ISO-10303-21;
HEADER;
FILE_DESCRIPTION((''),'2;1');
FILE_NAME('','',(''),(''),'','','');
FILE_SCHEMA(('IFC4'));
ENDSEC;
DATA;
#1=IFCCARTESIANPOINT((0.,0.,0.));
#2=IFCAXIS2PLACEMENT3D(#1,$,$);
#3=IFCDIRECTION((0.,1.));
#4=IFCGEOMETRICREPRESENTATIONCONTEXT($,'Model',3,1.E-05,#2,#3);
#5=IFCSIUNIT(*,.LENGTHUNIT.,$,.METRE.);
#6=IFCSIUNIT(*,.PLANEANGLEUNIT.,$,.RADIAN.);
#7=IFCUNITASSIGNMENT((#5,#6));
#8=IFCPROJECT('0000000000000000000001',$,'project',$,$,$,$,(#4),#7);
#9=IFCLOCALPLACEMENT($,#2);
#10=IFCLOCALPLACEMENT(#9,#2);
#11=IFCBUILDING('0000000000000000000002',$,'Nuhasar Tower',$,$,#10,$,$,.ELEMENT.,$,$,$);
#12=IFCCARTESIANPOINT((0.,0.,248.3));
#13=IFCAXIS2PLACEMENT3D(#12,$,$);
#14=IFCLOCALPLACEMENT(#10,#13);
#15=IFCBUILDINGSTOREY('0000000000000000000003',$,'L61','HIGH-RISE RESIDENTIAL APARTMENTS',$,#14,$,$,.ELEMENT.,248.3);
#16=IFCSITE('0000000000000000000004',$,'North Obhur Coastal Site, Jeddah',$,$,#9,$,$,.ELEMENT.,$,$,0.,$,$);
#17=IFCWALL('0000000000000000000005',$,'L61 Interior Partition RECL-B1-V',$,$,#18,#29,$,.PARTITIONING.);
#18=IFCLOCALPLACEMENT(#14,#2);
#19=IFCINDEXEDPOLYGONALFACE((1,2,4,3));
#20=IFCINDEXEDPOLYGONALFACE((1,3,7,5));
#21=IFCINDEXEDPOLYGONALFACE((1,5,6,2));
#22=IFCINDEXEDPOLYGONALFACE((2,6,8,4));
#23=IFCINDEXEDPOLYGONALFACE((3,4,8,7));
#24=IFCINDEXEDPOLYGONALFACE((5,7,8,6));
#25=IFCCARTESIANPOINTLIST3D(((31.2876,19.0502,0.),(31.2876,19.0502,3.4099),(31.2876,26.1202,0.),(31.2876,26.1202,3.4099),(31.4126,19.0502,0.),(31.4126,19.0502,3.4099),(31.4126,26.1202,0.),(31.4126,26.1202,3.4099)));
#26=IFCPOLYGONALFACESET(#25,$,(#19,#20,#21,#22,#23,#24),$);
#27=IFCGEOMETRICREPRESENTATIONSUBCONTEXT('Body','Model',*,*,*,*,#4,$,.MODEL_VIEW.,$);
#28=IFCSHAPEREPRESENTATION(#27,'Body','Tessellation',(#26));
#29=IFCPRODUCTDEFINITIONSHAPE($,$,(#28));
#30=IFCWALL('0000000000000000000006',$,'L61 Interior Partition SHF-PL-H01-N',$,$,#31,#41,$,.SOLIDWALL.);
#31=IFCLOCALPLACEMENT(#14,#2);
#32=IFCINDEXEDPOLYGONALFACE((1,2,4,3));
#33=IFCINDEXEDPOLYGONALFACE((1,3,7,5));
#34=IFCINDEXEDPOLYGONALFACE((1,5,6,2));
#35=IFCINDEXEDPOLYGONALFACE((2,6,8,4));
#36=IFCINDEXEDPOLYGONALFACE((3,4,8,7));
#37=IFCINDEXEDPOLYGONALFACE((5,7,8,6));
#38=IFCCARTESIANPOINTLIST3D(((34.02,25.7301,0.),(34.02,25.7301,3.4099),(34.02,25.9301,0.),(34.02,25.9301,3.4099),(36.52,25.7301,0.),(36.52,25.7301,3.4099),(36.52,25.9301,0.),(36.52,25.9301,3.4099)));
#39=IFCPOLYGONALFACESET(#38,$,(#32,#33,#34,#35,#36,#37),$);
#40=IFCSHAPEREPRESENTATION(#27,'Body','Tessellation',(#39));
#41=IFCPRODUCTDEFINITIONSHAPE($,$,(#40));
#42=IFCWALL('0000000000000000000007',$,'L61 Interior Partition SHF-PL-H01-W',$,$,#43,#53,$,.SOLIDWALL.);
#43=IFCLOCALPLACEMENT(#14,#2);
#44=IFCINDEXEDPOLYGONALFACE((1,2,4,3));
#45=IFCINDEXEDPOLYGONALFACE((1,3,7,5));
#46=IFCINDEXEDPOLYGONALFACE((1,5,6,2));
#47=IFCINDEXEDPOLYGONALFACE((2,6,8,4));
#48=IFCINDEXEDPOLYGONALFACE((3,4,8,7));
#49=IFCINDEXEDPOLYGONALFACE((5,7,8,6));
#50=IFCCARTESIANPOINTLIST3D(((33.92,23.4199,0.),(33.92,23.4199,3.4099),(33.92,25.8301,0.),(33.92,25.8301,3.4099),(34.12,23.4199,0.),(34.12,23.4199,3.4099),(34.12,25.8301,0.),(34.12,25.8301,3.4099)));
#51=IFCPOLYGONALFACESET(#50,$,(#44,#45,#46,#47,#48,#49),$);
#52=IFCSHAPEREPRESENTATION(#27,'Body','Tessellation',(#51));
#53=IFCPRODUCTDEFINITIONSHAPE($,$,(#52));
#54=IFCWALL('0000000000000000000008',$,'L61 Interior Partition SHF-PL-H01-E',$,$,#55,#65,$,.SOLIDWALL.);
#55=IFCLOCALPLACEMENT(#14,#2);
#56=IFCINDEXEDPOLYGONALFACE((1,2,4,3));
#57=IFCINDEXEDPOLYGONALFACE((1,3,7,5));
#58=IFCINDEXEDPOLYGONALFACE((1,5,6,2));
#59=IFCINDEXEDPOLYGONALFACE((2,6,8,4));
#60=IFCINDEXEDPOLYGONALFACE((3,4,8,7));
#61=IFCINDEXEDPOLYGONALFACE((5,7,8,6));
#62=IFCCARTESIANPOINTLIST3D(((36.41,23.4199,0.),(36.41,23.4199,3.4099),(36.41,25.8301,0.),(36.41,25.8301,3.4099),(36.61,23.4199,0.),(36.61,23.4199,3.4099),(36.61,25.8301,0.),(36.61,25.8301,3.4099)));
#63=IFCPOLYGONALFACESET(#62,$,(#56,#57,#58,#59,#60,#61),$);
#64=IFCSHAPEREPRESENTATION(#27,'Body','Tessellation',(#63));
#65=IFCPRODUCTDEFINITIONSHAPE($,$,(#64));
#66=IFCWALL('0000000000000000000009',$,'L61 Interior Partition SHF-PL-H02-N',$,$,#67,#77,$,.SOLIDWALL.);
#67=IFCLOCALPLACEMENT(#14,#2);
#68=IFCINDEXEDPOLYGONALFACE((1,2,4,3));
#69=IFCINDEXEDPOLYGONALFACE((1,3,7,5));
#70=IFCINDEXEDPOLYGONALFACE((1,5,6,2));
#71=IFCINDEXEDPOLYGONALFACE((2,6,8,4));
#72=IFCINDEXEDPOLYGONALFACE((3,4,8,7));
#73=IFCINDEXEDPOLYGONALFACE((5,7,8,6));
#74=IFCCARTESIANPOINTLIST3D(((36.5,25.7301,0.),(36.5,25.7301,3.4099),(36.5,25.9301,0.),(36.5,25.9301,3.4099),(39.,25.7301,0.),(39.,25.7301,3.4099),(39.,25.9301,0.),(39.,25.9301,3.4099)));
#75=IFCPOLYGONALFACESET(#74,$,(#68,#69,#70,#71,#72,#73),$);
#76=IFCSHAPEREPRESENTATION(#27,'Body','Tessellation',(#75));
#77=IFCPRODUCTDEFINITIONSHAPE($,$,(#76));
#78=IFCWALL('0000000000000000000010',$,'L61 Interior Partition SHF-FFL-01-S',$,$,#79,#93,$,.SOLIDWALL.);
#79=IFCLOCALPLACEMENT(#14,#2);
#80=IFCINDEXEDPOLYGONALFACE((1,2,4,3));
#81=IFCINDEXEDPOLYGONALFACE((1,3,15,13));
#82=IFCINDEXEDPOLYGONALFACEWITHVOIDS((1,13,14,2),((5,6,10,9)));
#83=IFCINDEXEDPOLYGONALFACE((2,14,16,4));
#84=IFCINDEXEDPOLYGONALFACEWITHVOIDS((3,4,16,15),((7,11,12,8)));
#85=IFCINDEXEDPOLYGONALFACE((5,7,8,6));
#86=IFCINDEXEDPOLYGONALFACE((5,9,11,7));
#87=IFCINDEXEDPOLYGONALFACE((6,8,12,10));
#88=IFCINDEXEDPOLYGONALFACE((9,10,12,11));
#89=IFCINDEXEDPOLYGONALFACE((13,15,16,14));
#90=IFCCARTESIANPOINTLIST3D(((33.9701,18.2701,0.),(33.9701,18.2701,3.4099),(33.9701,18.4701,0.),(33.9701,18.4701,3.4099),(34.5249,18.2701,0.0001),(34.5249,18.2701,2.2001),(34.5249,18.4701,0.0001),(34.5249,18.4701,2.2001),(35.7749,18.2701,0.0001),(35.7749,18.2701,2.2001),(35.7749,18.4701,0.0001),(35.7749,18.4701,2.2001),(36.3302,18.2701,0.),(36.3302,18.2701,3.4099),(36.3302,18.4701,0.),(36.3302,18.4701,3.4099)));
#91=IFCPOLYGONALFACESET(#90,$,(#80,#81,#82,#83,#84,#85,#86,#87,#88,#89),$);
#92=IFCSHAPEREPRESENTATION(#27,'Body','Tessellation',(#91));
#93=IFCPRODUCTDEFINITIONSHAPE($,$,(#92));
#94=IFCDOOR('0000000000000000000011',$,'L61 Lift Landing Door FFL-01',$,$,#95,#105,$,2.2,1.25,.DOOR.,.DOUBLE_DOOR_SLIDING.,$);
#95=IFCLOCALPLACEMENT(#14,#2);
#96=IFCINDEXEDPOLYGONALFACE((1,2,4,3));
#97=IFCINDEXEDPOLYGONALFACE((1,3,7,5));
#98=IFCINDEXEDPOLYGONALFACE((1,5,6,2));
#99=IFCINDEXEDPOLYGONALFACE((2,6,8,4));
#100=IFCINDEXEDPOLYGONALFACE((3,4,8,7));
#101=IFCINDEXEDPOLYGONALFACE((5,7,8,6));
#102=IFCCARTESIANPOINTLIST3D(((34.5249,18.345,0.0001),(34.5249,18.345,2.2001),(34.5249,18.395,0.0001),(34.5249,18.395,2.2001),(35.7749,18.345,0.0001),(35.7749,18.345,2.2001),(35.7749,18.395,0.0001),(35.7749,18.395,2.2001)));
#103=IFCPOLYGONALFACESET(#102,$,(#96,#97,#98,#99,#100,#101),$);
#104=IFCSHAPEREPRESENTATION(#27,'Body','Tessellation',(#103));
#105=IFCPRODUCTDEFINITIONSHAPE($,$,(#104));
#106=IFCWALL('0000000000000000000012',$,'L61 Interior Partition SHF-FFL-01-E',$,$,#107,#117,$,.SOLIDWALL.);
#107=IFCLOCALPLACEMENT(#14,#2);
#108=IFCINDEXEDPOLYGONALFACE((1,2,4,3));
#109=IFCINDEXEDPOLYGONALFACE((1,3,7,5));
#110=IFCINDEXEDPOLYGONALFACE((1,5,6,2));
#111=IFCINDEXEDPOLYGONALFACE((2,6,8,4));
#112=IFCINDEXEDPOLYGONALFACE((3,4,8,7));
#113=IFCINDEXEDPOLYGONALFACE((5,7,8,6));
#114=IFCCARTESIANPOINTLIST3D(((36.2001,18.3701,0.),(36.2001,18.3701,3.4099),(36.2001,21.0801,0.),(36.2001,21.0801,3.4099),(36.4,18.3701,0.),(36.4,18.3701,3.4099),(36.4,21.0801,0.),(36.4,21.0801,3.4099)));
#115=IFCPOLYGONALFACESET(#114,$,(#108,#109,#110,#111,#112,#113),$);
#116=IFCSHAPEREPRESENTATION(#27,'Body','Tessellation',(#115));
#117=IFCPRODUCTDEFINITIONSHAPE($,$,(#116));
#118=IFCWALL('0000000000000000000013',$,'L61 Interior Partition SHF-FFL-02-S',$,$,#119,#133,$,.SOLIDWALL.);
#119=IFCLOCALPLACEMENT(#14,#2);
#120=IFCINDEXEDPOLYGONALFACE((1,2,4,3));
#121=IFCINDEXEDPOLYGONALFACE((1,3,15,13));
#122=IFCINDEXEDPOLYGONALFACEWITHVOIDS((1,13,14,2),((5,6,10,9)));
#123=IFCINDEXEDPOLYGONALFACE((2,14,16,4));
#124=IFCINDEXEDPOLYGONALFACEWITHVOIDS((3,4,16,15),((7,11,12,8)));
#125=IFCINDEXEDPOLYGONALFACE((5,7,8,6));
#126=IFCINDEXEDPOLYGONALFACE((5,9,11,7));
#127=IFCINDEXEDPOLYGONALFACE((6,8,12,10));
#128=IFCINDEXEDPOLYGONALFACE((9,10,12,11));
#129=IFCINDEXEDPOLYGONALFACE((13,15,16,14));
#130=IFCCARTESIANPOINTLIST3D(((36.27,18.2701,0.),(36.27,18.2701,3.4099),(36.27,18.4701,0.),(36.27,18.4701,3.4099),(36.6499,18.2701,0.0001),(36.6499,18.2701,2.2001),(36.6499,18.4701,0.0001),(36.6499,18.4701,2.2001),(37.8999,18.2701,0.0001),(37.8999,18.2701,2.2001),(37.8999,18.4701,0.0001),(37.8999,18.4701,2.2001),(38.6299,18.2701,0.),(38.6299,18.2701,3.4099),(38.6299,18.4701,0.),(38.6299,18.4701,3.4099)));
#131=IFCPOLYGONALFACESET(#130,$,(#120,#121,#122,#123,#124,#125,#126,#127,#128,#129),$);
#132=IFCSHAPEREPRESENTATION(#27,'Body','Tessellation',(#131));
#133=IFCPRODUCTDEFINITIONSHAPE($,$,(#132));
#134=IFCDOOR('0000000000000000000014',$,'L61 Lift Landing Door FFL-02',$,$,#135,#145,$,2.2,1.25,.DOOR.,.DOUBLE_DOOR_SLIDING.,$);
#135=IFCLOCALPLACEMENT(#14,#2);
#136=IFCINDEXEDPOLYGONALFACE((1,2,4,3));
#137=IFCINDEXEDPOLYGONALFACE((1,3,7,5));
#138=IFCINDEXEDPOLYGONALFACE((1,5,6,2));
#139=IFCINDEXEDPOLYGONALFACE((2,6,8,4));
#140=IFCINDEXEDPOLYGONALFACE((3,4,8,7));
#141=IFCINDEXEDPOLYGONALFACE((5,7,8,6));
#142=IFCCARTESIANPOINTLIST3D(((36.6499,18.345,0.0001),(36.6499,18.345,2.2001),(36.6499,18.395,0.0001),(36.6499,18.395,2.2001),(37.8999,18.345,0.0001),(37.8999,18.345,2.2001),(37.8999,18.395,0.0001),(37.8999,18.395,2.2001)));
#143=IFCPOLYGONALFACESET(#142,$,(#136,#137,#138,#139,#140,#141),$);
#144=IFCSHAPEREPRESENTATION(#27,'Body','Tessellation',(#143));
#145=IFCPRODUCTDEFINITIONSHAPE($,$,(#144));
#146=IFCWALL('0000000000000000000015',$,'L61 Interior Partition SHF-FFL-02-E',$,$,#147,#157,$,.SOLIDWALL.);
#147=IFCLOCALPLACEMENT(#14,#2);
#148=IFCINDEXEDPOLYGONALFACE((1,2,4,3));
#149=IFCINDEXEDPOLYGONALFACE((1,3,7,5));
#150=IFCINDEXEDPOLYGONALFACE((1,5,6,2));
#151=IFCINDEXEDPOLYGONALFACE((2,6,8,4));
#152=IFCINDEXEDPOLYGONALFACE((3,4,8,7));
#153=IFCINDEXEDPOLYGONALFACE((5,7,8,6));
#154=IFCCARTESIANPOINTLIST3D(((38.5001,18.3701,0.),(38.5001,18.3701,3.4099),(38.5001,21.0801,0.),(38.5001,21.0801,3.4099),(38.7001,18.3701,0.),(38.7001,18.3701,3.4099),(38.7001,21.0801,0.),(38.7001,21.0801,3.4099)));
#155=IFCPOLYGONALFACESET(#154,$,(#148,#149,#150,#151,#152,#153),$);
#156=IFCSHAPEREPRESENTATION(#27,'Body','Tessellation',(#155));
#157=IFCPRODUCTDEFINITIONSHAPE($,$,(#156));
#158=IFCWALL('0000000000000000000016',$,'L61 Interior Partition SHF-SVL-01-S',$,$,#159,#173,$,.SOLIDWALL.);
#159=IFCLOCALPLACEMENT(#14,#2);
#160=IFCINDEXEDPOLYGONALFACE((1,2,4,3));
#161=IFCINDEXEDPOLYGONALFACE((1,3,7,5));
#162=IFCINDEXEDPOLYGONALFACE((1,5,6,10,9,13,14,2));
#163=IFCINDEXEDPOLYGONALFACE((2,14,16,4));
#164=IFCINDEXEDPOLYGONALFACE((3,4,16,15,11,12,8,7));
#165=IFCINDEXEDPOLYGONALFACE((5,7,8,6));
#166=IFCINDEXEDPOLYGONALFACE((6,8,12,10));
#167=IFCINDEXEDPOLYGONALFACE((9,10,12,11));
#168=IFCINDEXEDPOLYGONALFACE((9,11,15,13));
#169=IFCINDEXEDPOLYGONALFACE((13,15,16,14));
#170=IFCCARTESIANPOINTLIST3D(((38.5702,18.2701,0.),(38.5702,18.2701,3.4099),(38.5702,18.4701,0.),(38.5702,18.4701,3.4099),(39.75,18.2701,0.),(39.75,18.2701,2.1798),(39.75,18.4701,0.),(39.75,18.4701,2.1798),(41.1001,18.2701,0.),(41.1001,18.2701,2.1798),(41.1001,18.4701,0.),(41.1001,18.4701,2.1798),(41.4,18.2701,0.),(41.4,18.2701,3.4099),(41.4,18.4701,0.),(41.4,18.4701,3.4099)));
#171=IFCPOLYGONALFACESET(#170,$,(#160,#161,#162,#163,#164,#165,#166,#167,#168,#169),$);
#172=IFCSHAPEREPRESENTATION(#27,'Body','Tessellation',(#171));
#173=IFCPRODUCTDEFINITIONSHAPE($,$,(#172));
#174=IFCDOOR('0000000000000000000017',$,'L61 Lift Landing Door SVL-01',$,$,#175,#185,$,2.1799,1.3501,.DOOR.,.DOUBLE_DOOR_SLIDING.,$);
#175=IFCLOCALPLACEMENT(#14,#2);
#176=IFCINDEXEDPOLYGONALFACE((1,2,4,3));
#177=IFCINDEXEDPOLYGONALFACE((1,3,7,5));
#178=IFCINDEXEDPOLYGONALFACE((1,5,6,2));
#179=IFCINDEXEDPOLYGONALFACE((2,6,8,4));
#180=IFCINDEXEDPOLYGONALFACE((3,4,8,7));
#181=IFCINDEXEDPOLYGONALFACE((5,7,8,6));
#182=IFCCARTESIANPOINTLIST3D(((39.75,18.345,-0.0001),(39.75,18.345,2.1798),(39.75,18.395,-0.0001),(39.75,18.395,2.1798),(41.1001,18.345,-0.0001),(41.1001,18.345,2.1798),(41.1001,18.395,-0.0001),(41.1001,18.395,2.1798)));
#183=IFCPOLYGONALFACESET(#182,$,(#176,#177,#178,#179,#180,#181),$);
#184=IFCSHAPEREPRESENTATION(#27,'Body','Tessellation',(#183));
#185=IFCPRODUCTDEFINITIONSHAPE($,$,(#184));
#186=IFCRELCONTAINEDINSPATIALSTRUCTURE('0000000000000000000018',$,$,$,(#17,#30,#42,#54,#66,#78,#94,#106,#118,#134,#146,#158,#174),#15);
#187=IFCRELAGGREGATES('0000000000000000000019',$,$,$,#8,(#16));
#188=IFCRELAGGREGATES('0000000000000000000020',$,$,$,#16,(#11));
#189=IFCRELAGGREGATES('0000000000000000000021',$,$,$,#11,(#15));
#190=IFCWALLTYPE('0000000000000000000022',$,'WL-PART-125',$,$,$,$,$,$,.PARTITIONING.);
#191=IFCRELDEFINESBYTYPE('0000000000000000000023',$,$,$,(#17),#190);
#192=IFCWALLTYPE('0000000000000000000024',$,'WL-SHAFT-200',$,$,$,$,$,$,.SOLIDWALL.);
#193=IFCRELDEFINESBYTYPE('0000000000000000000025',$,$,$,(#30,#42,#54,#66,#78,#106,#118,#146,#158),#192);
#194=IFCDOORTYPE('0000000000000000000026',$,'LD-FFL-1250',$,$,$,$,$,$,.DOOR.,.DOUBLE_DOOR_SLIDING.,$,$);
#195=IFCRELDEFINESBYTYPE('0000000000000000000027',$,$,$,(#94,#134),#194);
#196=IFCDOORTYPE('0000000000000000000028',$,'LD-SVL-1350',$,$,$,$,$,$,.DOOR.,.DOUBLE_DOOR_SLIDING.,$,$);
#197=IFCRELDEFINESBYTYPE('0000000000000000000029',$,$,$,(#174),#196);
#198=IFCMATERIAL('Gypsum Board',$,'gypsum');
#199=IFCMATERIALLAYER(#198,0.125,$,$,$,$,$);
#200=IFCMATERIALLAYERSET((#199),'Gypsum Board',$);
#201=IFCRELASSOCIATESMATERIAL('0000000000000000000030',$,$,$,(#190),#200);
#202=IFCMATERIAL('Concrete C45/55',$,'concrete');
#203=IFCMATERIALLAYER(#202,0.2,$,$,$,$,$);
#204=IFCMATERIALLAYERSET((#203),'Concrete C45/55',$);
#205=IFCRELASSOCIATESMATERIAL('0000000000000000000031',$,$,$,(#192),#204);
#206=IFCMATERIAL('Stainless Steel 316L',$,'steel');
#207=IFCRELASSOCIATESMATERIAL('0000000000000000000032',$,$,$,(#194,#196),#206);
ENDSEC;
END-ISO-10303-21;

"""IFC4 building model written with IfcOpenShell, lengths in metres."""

from ifc_helpers import new_model, si_unit, direction, frame, frame_2d, origin, place, context, subcontext, project, spatial, rectangle, extrude, material, layer, layer_set, type_object, element, fill, save


model = new_model("IFC4")

# Units and contexts
model_context = context("Model", 3, precision=1e-05, world=origin(), true_north=direction((0.0, 1.0)))
body_context = subcontext(model_context, "Body", "Model", "MODEL_VIEW")
ifc_project = project(units=[si_unit("LENGTHUNIT", "METRE"), si_unit("PLANEANGLEUNIT", "RADIAN")], contexts=[model_context])

# Site, building, storey
site_placement = place(None, origin())
site = spatial("IfcSite", under=ifc_project, at=site_placement, Name="North Obhur Coastal Site, Jeddah", CompositionType="ELEMENT", RefElevation=0.0)
building_placement = place(site_placement, origin())
building = spatial("IfcBuilding", under=site, at=building_placement, Name="Nuhasar Tower", CompositionType="ELEMENT")
storey_placement = place(building_placement, frame((0.0, 0.0, 248.3)))
storey = spatial("IfcBuildingStorey", under=building, at=storey_placement, Name="L61", Description="HIGH-RISE RESIDENTIAL APARTMENTS", CompositionType="ELEMENT", Elevation=248.3)

# Shared definitions
ifc_material_1 = material(Name="Gypsum Board", Category="gypsum")

# Wall
ifc_material_2 = material(Name="Concrete C45/55", Category="concrete")
ifc_layer_1 = layer(ifc_material_1, 0.125)
ifc_layer_set_1 = layer_set([ifc_layer_1], Name="Gypsum Board")
wall_type_1 = type_object("IfcWallType", Name="WL-PART-125", PredefinedType="PARTITIONING", material=ifc_layer_set_1)
wall_1_placement = place(storey_placement, frame((31.3501, 19.05, 0.0), z_axis=(0.0, 0.0, 1.0), x_axis=(0.0, 1.0, 0.0)))
element("IfcWall", 1, at=wall_1_placement, inside=storey, type_object=wall_type_1, Name="L61 Interior Partition RECL-B1-V", PredefinedType="PARTITIONING", context=body_context, shape_type="SweptSolid", body=[
    extrude(rectangle(XDim=7.0701, YDim=0.125, at=frame_2d((3.5352, 0.0))), origin(), (0.0, 0.0, 1.0), 3.4099),
])

# Shared definitions
ifc_layer_2 = layer(ifc_material_2, 0.2)
ifc_layer_set_2 = layer_set([ifc_layer_2], Name="Concrete C45/55")
wall_type_2 = type_object("IfcWallType", Name="WL-SHAFT-200", PredefinedType="SOLIDWALL", material=ifc_layer_set_2)
ifc_material_3 = material(Name="Stainless Steel 316L", Category="steel")

# Walls
wall_2_placement = place(storey_placement, frame((34.02, 25.8301, 0.0), z_axis=(0.0, 0.0, 1.0), x_axis=(1.0, 0.0, 0.0)))
element("IfcWall", 2, at=wall_2_placement, inside=storey, type_object=wall_type_2, Name="L61 Interior Partition SHF-PL-H01-N", PredefinedType="SOLIDWALL", context=body_context, shape_type="SweptSolid", body=[
    extrude(rectangle(XDim=2.5, YDim=0.2, at=frame_2d((1.25, 0.0))), origin(), (0.0, 0.0, 1.0), 3.4099),
])
for number, where, z_axis, x_axis, name in (
    (3, (34.02, 23.4199, 0.0), (0.0, 0.0, 1.0), (0.0, 1.0, 0.0), "L61 Interior Partition SHF-PL-H01-W"),
    (4, (36.51, 23.4199, 0.0), (0.0, 0.0, 1.0), (0.0, 1.0, 0.0), "L61 Interior Partition SHF-PL-H01-E"),
):
    element("IfcWall", number, at=place(storey_placement, frame(where, z_axis=z_axis, x_axis=x_axis)), inside=storey, type_object=wall_type_2, Name=name, PredefinedType="SOLIDWALL", context=body_context, shape_type="SweptSolid", body=[
        extrude(rectangle(XDim=2.4102, YDim=0.2, at=frame_2d((1.2051, 0.0))), origin(), (0.0, 0.0, 1.0), 3.4099),
    ])

# Wall
wall_3_placement = place(storey_placement, frame((36.5, 25.8301, 0.0), z_axis=(0.0, 0.0, 1.0), x_axis=(1.0, 0.0, 0.0)))
element("IfcWall", 5, at=wall_3_placement, inside=storey, type_object=wall_type_2, Name="L61 Interior Partition SHF-PL-H02-N", PredefinedType="SOLIDWALL", context=body_context, shape_type="SweptSolid", body=[
    extrude(rectangle(XDim=2.5, YDim=0.2, at=frame_2d((1.25, 0.0))), origin(), (0.0, 0.0, 1.0), 3.4099),
])

# Wall, opening, door
wall_4_placement = place(storey_placement, frame((33.97, 18.3701, 0.0), z_axis=(0.0, 0.0, 1.0), x_axis=(1.0, 0.0, 0.0)))
wall_4 = element("IfcWall", 6, at=wall_4_placement, inside=storey, type_object=wall_type_2, Name="L61 Interior Partition SHF-FFL-01-S", PredefinedType="SOLIDWALL", context=body_context, shape_type="SweptSolid", body=[
    extrude(rectangle(XDim=2.3601, YDim=0.2, at=frame_2d((1.1802, 0.0))), origin(), (0.0, 0.0, 1.0), 3.4099),
])
opening_1_placement = place(wall_4_placement, frame((0.5549, 0.0, 0.0)))
opening_1 = element("IfcOpeningElement", 7, at=opening_1_placement, cuts=wall_4, PredefinedType="OPENING", context=body_context, shape_type="SweptSolid", body=[
    extrude(rectangle(XDim=1.25, YDim=2.2, at=frame_2d((0.625, 1.1001))), frame((0.0, 0.1099, 0.0), z_axis=(0.0, -1.0, 0.0), x_axis=(1.0, 0.0, 0.0)), (0.0, 0.0, 1.0), 0.22),
])
door_type_1 = type_object("IfcDoorType", Name="LD-FFL-1250", OperationType="DOUBLE_DOOR_SLIDING", PredefinedType="DOOR", material=ifc_material_3)
door_1_placement = place(opening_1_placement, origin())
door_1 = element("IfcDoor", 8, at=door_1_placement, inside=storey, type_object=door_type_1, Name="L61 Lift Landing Door FFL-01", OperationType="DOUBLE_DOOR_SLIDING", OverallHeight=2.2, OverallWidth=1.25, PredefinedType="DOOR", context=body_context, shape_type="SweptSolid", body=[
    extrude(rectangle(XDim=1.25, YDim=2.2, at=frame_2d((0.625, 1.1001))), frame((0.0, 0.0249, 0.0), z_axis=(0.0, -1.0, 0.0), x_axis=(1.0, 0.0, 0.0)), (0.0, 0.0, 1.0), 0.05),
])
fill(opening_1, door_1)

# Wall
wall_5_placement = place(storey_placement, frame((36.3, 18.3701, 0.0), z_axis=(0.0, 0.0, 1.0), x_axis=(0.0, 1.0, 0.0)))
element("IfcWall", 9, at=wall_5_placement, inside=storey, type_object=wall_type_2, Name="L61 Interior Partition SHF-FFL-01-E", PredefinedType="SOLIDWALL", context=body_context, shape_type="SweptSolid", body=[
    extrude(rectangle(XDim=2.71, YDim=0.2, at=frame_2d((1.355, 0.0))), origin(), (0.0, 0.0, 1.0), 3.4099),
])

# Wall, opening, door
wall_6_placement = place(storey_placement, frame((36.27, 18.3701, 0.0), z_axis=(0.0, 0.0, 1.0), x_axis=(1.0, 0.0, 0.0)))
wall_6 = element("IfcWall", 10, at=wall_6_placement, inside=storey, type_object=wall_type_2, Name="L61 Interior Partition SHF-FFL-02-S", PredefinedType="SOLIDWALL", context=body_context, shape_type="SweptSolid", body=[
    extrude(rectangle(XDim=2.3599, YDim=0.2, at=frame_2d((1.1799, 0.0))), origin(), (0.0, 0.0, 1.0), 3.4099),
])
opening_2_placement = place(wall_6_placement, frame((0.3799, 0.0, 0.0)))
opening_2 = element("IfcOpeningElement", 11, at=opening_2_placement, cuts=wall_6, PredefinedType="OPENING", context=body_context, shape_type="SweptSolid", body=[
    extrude(rectangle(XDim=1.25, YDim=2.2, at=frame_2d((0.625, 1.1001))), frame((0.0, 0.1099, 0.0), z_axis=(0.0, -1.0, 0.0), x_axis=(1.0, 0.0, 0.0)), (0.0, 0.0, 1.0), 0.22),
])
door_2_placement = place(opening_2_placement, origin())
door_2 = element("IfcDoor", 12, at=door_2_placement, inside=storey, type_object=door_type_1, Name="L61 Lift Landing Door FFL-02", OperationType="DOUBLE_DOOR_SLIDING", OverallHeight=2.2, OverallWidth=1.25, PredefinedType="DOOR", context=body_context, shape_type="SweptSolid", body=[
    extrude(rectangle(XDim=1.25, YDim=2.2, at=frame_2d((0.625, 1.1001))), frame((0.0, 0.0249, 0.0), z_axis=(0.0, -1.0, 0.0), x_axis=(1.0, 0.0, 0.0)), (0.0, 0.0, 1.0), 0.05),
])
fill(opening_2, door_2)

# Wall
wall_7_placement = place(storey_placement, frame((38.6001, 18.3701, 0.0), z_axis=(0.0, 0.0, 1.0), x_axis=(0.0, 1.0, 0.0)))
element("IfcWall", 13, at=wall_7_placement, inside=storey, type_object=wall_type_2, Name="L61 Interior Partition SHF-FFL-02-E", PredefinedType="SOLIDWALL", context=body_context, shape_type="SweptSolid", body=[
    extrude(rectangle(XDim=2.71, YDim=0.2, at=frame_2d((1.355, 0.0))), origin(), (0.0, 0.0, 1.0), 3.4099),
])

# Wall, opening, door
wall_8_placement = place(storey_placement, frame((38.5701, 18.3701, 0.0), z_axis=(0.0, 0.0, 1.0), x_axis=(1.0, 0.0, 0.0)))
wall_8 = element("IfcWall", 14, at=wall_8_placement, inside=storey, type_object=wall_type_2, Name="L61 Interior Partition SHF-SVL-01-S", PredefinedType="SOLIDWALL", context=body_context, shape_type="SweptSolid", body=[
    extrude(rectangle(XDim=2.8298, YDim=0.2, at=frame_2d((1.415, 0.0))), origin(), (0.0, 0.0, 1.0), 3.4099),
])
opening_3_placement = place(wall_8_placement, frame((1.1799, 0.0, 0.0)))
opening_3 = element("IfcOpeningElement", 15, at=opening_3_placement, cuts=wall_8, PredefinedType="OPENING", context=body_context, shape_type="SweptSolid", body=[
    extrude(rectangle(XDim=1.3501, YDim=2.1799, at=frame_2d((0.675, 1.0898))), frame((0.0, 0.1099, 0.0), z_axis=(0.0, -1.0, 0.0), x_axis=(1.0, 0.0, 0.0)), (0.0, 0.0, 1.0), 0.22),
])
door_type_2 = type_object("IfcDoorType", Name="LD-SVL-1350", OperationType="DOUBLE_DOOR_SLIDING", PredefinedType="DOOR", material=ifc_material_3)
door_3_placement = place(opening_3_placement, origin())
door_3 = element("IfcDoor", 16, at=door_3_placement, inside=storey, type_object=door_type_2, Name="L61 Lift Landing Door SVL-01", OperationType="DOUBLE_DOOR_SLIDING", OverallHeight=2.1799, OverallWidth=1.3501, PredefinedType="DOOR", context=body_context, shape_type="SweptSolid", body=[
    extrude(rectangle(XDim=1.3501, YDim=2.1799, at=frame_2d((0.675, 1.0898))), frame((0.0, 0.0249, 0.0), z_axis=(0.0, -1.0, 0.0), x_axis=(1.0, 0.0, 0.0)), (0.0, 0.0, 1.0), 0.05),
])
fill(opening_3, door_3)

save(model, "model.ifc")
